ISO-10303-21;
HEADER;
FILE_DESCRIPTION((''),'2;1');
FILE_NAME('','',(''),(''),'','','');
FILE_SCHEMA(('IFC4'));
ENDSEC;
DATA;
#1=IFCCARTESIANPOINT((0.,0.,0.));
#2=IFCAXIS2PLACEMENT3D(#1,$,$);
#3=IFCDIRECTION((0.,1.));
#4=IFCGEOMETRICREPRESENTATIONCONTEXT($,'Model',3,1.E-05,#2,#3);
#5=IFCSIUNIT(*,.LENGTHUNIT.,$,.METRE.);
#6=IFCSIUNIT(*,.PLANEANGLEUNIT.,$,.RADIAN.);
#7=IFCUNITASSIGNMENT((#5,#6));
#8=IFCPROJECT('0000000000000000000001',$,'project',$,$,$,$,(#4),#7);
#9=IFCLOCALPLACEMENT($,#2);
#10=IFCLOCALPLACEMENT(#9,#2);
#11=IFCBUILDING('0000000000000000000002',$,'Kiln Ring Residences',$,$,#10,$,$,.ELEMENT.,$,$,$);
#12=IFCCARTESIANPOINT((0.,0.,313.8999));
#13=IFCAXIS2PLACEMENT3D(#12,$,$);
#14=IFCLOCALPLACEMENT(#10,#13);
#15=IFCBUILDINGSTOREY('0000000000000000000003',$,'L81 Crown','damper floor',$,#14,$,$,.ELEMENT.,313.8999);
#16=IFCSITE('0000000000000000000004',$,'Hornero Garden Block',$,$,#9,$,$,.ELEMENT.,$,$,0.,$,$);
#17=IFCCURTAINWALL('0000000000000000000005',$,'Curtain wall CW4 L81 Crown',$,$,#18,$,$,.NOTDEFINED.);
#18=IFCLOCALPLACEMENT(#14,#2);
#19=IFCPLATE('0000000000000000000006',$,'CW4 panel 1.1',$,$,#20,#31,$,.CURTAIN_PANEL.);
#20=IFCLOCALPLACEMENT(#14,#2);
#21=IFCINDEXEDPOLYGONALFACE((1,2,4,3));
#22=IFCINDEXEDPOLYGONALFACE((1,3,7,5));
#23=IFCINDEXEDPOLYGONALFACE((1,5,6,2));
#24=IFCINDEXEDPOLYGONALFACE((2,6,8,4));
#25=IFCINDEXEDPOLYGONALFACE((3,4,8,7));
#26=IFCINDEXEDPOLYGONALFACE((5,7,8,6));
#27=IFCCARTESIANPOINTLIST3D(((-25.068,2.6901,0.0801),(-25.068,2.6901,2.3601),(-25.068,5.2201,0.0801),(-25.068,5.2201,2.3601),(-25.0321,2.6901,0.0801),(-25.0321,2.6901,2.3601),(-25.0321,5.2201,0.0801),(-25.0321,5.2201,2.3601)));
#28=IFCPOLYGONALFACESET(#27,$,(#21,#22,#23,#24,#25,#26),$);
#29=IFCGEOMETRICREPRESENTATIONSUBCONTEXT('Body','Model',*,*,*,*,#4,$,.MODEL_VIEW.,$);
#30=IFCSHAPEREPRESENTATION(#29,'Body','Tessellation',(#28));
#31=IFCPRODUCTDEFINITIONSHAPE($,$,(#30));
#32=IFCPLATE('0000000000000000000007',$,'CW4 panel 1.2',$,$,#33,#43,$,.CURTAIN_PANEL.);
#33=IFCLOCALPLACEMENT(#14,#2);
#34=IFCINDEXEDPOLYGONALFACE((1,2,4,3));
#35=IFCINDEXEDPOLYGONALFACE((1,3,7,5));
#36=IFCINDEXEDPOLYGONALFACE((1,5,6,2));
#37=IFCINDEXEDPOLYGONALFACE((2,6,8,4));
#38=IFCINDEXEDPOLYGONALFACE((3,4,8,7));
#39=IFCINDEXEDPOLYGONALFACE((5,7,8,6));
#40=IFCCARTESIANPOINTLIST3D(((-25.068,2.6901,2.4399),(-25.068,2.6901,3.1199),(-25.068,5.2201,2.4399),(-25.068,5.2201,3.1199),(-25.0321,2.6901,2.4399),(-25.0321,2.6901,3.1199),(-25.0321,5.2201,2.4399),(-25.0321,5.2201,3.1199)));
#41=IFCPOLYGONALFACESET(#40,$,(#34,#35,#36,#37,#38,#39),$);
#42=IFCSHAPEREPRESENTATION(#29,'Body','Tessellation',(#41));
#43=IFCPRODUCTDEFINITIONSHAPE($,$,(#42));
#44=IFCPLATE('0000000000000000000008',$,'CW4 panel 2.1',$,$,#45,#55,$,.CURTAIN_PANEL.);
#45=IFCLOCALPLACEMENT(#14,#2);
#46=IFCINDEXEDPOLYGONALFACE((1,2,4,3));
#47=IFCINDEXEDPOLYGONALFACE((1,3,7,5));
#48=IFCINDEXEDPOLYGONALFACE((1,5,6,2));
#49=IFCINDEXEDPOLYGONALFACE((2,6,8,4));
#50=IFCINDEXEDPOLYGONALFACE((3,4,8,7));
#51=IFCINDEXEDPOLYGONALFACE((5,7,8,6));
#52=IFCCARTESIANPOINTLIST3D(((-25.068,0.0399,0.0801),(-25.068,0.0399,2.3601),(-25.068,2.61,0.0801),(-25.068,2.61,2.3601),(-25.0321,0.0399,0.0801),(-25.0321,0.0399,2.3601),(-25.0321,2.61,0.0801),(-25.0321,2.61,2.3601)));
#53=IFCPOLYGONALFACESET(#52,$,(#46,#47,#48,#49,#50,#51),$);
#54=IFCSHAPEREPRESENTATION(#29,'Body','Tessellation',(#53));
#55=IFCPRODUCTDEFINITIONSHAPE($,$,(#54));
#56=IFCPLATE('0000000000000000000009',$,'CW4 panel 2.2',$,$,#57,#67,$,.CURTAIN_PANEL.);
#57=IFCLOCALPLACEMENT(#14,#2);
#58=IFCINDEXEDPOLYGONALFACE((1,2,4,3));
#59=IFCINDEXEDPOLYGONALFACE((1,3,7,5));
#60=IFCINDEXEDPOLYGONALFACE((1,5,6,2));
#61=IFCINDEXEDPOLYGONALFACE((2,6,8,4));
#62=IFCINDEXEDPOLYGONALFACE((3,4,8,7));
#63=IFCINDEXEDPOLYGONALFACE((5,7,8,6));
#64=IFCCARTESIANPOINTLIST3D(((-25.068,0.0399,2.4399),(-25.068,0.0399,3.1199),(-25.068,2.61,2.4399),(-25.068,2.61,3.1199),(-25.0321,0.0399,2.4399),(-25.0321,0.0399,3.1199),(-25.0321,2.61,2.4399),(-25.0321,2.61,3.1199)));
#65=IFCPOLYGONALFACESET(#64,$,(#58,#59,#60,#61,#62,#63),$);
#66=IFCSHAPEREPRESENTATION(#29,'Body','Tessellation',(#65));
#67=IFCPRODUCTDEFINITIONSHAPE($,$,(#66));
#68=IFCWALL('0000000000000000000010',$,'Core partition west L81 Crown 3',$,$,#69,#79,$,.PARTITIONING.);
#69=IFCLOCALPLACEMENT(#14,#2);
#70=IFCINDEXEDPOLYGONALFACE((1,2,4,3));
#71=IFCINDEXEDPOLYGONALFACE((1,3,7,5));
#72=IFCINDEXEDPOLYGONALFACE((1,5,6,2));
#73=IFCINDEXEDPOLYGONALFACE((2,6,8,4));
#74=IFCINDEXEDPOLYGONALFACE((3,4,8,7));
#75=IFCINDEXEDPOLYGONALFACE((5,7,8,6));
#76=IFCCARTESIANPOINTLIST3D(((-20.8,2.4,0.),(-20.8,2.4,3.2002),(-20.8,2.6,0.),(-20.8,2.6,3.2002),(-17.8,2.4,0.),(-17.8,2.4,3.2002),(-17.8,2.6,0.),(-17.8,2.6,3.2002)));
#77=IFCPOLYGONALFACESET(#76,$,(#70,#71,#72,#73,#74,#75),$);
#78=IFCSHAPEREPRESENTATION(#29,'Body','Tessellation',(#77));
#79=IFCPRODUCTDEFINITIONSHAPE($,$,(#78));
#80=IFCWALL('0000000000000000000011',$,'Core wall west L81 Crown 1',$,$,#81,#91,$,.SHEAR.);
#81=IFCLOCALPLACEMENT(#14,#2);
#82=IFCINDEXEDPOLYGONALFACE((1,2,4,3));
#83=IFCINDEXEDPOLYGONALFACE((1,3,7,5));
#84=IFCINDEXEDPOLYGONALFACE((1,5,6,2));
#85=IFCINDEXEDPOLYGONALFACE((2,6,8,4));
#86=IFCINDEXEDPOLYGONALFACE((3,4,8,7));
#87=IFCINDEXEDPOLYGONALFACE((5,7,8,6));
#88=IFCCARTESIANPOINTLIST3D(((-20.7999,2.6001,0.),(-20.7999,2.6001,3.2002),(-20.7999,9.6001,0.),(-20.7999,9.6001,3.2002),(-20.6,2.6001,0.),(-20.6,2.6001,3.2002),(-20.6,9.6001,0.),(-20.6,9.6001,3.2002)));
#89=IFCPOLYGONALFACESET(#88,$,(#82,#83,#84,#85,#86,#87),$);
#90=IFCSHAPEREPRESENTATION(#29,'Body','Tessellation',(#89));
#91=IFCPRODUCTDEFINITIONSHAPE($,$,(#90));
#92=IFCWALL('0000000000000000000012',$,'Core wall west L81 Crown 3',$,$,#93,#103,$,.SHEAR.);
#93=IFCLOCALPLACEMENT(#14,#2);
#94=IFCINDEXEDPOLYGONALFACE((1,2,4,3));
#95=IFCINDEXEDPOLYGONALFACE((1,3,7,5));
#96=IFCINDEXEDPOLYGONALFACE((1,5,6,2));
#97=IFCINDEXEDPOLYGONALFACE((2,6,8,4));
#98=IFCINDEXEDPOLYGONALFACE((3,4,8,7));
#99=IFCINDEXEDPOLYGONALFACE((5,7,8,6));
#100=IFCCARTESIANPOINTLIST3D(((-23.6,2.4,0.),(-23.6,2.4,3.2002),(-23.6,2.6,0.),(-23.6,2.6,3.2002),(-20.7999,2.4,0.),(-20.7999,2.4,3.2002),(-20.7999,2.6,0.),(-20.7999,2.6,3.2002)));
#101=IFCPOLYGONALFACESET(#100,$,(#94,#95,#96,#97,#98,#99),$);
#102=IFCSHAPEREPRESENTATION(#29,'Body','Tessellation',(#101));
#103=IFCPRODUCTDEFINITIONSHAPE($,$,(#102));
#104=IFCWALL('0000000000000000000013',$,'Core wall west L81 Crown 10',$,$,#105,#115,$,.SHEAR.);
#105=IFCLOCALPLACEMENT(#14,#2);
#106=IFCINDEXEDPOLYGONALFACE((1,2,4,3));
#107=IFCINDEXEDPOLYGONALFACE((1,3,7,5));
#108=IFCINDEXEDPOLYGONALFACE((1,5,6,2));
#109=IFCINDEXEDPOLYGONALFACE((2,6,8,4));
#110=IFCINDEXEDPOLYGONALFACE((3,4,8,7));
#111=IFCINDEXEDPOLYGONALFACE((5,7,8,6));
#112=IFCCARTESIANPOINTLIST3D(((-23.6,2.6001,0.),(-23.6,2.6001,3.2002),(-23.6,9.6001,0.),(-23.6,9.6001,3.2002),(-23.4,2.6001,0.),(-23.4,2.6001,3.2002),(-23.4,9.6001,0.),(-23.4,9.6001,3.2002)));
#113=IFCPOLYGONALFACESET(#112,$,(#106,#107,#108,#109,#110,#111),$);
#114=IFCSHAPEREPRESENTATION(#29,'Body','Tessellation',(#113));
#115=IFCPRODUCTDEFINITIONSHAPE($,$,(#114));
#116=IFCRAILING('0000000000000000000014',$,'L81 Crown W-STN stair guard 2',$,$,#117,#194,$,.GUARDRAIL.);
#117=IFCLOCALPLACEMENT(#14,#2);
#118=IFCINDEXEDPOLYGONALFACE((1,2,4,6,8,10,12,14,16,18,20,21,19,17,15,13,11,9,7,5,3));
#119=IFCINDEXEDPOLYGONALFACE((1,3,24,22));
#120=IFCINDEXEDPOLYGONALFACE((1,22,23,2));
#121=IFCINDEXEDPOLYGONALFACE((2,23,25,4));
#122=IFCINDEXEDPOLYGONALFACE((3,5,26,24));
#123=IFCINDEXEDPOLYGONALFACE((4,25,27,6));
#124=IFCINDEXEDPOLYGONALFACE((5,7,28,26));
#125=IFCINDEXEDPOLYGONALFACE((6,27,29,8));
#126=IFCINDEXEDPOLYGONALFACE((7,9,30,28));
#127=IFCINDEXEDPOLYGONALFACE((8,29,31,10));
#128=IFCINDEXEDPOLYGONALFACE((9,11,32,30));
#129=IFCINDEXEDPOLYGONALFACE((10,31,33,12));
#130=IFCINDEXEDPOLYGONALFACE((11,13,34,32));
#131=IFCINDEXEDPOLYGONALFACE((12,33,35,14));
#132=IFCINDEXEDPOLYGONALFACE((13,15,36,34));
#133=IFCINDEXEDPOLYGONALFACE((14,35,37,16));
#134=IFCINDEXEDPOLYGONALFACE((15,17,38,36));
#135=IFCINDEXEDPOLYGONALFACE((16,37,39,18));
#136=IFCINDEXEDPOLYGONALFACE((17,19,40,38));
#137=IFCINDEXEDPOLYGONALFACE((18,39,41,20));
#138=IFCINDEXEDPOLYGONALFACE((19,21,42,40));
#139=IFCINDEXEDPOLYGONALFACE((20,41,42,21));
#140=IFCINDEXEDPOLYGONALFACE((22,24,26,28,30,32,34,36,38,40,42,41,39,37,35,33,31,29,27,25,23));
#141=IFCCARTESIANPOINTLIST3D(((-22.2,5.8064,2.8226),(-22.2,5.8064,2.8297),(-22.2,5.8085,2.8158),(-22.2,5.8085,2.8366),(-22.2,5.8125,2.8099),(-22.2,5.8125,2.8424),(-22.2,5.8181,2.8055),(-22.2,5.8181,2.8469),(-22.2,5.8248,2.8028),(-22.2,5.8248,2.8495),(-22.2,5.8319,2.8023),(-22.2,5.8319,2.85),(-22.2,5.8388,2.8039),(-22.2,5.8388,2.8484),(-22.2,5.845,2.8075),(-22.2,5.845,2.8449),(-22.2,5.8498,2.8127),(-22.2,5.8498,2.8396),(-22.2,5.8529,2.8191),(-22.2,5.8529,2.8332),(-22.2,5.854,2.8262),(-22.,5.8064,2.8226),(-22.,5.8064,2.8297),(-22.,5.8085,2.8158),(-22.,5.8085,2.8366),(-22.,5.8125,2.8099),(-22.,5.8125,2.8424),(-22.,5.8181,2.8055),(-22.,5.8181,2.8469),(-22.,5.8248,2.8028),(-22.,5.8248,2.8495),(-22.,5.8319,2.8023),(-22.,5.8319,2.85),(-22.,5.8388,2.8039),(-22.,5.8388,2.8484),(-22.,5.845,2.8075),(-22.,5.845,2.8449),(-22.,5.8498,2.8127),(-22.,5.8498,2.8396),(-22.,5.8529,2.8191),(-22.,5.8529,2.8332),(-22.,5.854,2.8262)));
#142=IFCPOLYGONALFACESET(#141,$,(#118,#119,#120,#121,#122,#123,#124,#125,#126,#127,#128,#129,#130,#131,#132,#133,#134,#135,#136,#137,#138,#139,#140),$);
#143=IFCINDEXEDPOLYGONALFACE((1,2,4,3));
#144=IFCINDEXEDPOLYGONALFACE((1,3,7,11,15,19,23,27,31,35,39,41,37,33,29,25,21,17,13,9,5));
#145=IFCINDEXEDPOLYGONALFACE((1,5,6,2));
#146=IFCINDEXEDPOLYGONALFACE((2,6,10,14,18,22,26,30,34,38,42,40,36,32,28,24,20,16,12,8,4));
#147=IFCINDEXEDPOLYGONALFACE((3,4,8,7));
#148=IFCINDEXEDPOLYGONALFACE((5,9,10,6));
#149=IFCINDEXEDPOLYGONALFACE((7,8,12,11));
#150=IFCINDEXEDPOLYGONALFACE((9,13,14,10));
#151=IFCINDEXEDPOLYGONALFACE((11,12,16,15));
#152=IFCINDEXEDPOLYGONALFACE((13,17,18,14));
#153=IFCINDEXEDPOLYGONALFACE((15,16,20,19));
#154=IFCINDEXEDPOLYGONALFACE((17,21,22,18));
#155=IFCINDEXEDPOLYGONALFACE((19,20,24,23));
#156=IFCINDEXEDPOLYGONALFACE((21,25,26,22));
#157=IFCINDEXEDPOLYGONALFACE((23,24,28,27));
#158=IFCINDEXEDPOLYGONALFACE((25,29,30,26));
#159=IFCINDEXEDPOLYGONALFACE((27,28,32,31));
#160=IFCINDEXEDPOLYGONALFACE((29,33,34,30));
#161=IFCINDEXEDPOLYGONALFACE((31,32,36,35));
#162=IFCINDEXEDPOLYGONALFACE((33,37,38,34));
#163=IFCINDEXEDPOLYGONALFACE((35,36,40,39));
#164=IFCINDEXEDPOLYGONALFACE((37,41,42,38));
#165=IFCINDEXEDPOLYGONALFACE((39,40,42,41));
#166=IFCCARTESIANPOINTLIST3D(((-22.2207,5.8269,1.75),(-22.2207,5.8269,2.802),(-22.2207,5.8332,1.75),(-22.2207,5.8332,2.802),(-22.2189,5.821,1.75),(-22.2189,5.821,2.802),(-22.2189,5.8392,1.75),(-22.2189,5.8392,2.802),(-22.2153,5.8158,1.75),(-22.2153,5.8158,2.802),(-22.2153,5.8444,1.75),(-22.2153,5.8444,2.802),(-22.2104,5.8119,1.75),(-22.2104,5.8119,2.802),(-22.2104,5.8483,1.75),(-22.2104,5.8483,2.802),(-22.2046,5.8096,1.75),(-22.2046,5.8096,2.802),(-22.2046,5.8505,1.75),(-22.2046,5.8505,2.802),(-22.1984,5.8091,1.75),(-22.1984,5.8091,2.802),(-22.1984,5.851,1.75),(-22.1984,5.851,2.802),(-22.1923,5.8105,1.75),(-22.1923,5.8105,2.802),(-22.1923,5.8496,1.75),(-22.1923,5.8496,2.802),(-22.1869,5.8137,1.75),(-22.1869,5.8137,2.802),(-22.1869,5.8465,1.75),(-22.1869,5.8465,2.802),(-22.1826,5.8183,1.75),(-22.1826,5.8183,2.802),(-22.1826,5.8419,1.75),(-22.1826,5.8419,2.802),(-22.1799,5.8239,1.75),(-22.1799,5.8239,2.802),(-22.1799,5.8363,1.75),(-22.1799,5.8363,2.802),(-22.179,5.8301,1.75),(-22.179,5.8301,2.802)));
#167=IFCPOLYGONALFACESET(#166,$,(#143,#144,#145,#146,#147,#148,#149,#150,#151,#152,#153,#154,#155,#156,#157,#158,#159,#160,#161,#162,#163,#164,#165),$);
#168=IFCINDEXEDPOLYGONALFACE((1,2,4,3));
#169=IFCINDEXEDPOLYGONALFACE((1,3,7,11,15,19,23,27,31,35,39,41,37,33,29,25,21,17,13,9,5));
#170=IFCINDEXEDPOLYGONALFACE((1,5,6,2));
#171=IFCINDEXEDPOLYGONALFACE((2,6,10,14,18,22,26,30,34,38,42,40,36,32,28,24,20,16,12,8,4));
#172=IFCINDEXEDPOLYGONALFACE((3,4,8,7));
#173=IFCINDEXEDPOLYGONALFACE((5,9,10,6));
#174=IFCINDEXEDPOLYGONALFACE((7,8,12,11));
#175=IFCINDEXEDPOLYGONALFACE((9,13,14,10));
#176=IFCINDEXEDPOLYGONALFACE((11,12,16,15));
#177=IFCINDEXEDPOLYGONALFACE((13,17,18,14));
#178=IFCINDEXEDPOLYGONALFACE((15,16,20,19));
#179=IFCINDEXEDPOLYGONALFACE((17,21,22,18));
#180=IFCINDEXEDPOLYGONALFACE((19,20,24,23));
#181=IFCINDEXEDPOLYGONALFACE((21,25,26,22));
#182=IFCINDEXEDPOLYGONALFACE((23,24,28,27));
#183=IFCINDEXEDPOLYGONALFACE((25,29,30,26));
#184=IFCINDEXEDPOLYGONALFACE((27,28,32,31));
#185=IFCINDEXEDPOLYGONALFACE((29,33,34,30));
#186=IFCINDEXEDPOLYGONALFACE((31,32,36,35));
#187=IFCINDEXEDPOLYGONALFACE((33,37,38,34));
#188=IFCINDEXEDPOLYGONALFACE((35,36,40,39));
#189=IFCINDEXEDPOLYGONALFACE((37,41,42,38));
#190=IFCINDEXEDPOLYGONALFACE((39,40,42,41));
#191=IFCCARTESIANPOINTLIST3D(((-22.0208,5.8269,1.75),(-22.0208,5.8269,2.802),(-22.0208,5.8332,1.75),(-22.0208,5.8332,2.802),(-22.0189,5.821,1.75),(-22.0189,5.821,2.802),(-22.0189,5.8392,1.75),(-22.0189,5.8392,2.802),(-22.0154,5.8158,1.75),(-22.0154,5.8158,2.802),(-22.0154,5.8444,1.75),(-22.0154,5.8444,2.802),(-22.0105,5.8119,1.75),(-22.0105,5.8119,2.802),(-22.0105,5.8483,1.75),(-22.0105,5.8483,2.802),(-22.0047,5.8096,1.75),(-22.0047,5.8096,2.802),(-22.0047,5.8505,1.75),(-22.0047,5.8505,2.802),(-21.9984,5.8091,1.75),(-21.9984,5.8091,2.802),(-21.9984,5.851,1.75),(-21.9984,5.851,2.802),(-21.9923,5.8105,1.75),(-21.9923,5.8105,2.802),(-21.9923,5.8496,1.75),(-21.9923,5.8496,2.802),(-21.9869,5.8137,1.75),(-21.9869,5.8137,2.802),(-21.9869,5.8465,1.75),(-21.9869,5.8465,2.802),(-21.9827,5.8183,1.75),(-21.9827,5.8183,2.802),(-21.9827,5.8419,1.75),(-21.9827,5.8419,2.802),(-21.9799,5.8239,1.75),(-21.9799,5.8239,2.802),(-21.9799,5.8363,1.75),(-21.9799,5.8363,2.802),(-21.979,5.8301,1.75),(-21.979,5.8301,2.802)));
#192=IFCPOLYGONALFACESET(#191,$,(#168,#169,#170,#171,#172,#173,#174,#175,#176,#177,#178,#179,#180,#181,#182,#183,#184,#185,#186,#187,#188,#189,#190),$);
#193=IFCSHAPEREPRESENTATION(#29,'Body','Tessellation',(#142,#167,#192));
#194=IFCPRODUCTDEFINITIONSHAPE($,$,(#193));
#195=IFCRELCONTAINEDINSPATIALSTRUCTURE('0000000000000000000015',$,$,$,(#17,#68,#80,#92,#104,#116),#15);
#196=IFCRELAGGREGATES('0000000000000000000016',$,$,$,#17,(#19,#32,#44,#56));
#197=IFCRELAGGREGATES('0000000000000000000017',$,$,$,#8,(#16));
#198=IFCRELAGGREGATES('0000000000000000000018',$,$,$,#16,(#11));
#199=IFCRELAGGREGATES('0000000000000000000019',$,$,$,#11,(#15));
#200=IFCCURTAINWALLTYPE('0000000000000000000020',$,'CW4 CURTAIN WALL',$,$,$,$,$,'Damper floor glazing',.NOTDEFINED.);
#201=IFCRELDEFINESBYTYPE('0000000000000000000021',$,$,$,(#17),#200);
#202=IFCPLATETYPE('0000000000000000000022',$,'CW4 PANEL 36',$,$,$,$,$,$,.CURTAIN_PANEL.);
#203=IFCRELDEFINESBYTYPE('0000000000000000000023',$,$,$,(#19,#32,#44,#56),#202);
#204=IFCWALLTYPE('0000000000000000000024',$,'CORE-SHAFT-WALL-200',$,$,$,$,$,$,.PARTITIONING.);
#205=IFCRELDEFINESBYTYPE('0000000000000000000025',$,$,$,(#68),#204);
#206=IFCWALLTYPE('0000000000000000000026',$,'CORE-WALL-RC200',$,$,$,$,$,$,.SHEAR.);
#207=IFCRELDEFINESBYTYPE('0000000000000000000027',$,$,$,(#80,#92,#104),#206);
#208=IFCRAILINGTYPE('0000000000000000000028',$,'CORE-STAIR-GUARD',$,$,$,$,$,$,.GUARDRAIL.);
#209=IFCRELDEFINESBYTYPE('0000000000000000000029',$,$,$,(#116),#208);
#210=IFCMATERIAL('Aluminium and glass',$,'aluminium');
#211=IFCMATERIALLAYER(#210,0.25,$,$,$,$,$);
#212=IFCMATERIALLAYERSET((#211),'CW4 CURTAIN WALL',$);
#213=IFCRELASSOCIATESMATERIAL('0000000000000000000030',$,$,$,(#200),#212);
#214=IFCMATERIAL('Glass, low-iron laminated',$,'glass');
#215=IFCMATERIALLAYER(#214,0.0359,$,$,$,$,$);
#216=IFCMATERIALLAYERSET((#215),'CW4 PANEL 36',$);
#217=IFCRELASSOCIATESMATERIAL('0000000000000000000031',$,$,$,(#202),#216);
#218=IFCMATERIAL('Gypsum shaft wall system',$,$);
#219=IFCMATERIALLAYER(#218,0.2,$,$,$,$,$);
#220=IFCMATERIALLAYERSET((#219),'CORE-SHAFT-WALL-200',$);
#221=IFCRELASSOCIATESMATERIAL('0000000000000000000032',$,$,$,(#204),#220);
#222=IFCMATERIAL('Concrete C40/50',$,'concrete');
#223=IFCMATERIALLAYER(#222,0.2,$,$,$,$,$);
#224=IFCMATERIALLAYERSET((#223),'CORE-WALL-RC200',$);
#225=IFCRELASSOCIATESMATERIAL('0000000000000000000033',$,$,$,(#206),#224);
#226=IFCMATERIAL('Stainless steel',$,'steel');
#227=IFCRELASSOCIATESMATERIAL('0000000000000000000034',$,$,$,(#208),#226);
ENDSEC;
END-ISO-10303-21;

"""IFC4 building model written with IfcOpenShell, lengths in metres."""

from ifc_helpers import new_model, si_unit, direction, frame, frame_2d, origin, origin_2d, place, context, subcontext, project, spatial, rectangle, circle, extrude, material, layer, layer_set, type_object, element, aggregate, save


model = new_model("IFC4")

# Units and contexts
model_context = context("Model", 3, precision=1e-05, world=origin(), true_north=direction((0.0, 1.0)))
body_context = subcontext(model_context, "Body", "Model", "MODEL_VIEW")
ifc_project = project(units=[si_unit("LENGTHUNIT", "METRE"), si_unit("PLANEANGLEUNIT", "RADIAN")], contexts=[model_context])

# Site, building, storey
site_placement = place(None, origin())
site = spatial("IfcSite", under=ifc_project, at=site_placement, Name="Hornero Garden Block", CompositionType="ELEMENT", RefElevation=0.0)
building_placement = place(site_placement, origin())
building = spatial("IfcBuilding", under=site, at=building_placement, Name="Kiln Ring Residences", CompositionType="ELEMENT")
storey_placement = place(building_placement, frame((0.0, 0.0, 313.8999)))
storey = spatial("IfcBuildingStorey", under=building, at=storey_placement, Name="L81 Crown", Description="damper floor", CompositionType="ELEMENT", Elevation=313.8999)

# Curtain wall
ifc_material_1 = material(Name="Aluminium and glass", Category="aluminium")
ifc_layer_1 = layer(ifc_material_1, 0.25)
ifc_layer_set_1 = layer_set([ifc_layer_1], Name="CW4 CURTAIN WALL")
curtain_wall_type = type_object("IfcCurtainWallType", Name="CW4 CURTAIN WALL", ElementType="Damper floor glazing", PredefinedType="NOTDEFINED", material=ifc_layer_set_1)
curtain_wall_placement = place(storey_placement, origin())
curtain_wall = element("IfcCurtainWall", 1, at=curtain_wall_placement, inside=storey, type_object=curtain_wall_type, Name="Curtain wall CW4 L81 Crown", PredefinedType="NOTDEFINED")

# Plates
ifc_material_2 = material(Name="Glass, low-iron laminated", Category="glass")
ifc_layer_2 = layer(ifc_material_2, 0.0359)
ifc_layer_set_2 = layer_set([ifc_layer_2], Name="CW4 PANEL 36")
plate_type_1 = type_object("IfcPlateType", Name="CW4 PANEL 36", PredefinedType="CURTAIN_PANEL", material=ifc_layer_set_2)
plate_1_placement = place(storey_placement, frame((-25.05, 3.9551, 0.0801), z_axis=(0.0, 0.0, 1.0), x_axis=(0.0, -1.0, 0.0)))
plate_1 = element("IfcPlate", 2, at=plate_1_placement, type_object=plate_type_1, Name="CW4 panel 1.1", PredefinedType="CURTAIN_PANEL", context=body_context, shape_type="SweptSolid", body=[
    extrude(rectangle(XDim=2.53, YDim=0.0359, at=origin_2d()), origin(), (0.0, 0.0, 1.0), 2.28),
])
plate_2_placement = place(storey_placement, frame((-25.05, 3.9551, 2.4399), z_axis=(0.0, 0.0, 1.0), x_axis=(0.0, -1.0, 0.0)))
plate_2 = element("IfcPlate", 3, at=plate_2_placement, type_object=plate_type_1, Name="CW4 panel 1.2", PredefinedType="CURTAIN_PANEL", context=body_context, shape_type="SweptSolid", body=[
    extrude(rectangle(XDim=2.53, YDim=0.0359, at=origin_2d()), origin(), (0.0, 0.0, 1.0), 0.6799),
])
plate_3_placement = place(storey_placement, frame((-25.05, 1.325, 0.0801), z_axis=(0.0, 0.0, 1.0), x_axis=(0.0, -1.0, 0.0)))
plate_3 = element("IfcPlate", 4, at=plate_3_placement, type_object=plate_type_1, Name="CW4 panel 2.1", PredefinedType="CURTAIN_PANEL", context=body_context, shape_type="SweptSolid", body=[
    extrude(rectangle(XDim=2.5701, YDim=0.0359, at=origin_2d()), origin(), (0.0, 0.0, 1.0), 2.28),
])
plate_4_placement = place(storey_placement, frame((-25.05, 1.325, 2.4399), z_axis=(0.0, 0.0, 1.0), x_axis=(0.0, -1.0, 0.0)))
plate_4 = element("IfcPlate", 5, at=plate_4_placement, type_object=plate_type_1, Name="CW4 panel 2.2", PredefinedType="CURTAIN_PANEL", context=body_context, shape_type="SweptSolid", body=[
    extrude(rectangle(XDim=2.5701, YDim=0.0359, at=origin_2d()), origin(), (0.0, 0.0, 1.0), 0.6799),
])
aggregate(curtain_wall, [plate_1, plate_2, plate_3, plate_4])

# Walls
ifc_material_3 = material(Name="Gypsum shaft wall system")
ifc_layer_3 = layer(ifc_material_3, 0.2)
ifc_layer_set_3 = layer_set([ifc_layer_3], Name="CORE-SHAFT-WALL-200")
wall_type_1 = type_object("IfcWallType", Name="CORE-SHAFT-WALL-200", PredefinedType="PARTITIONING", material=ifc_layer_set_3)
wall_1_placement = place(storey_placement, frame((-17.8, 2.5, 0.0), z_axis=(0.0, 0.0, 1.0), x_axis=(-1.0, 0.0, 0.0)))
element("IfcWall", 6, at=wall_1_placement, inside=storey, type_object=wall_type_1, Name="Core partition west L81 Crown 3", PredefinedType="PARTITIONING", context=body_context, shape_type="SweptSolid", body=[
    extrude(rectangle(XDim=3.0, YDim=0.2, at=frame_2d((1.5, 0.0))), origin(), (0.0, 0.0, 1.0), 3.2002),
])
ifc_material_4 = material(Name="Concrete C40/50", Category="concrete")
ifc_layer_4 = layer(ifc_material_4, 0.2)
ifc_layer_set_4 = layer_set([ifc_layer_4], Name="CORE-WALL-RC200")
wall_type_2 = type_object("IfcWallType", Name="CORE-WALL-RC200", PredefinedType="SHEAR", material=ifc_layer_set_4)
wall_2_placement = place(storey_placement, frame((-20.7, 2.6001, 0.0), z_axis=(0.0, 0.0, 1.0), x_axis=(0.0, 1.0, 0.0)))
element("IfcWall", 7, at=wall_2_placement, inside=storey, type_object=wall_type_2, Name="Core wall west L81 Crown 1", PredefinedType="SHEAR", context=body_context, shape_type="SweptSolid", body=[
    extrude(rectangle(XDim=7.0, YDim=0.2, at=frame_2d((3.5, 0.0))), origin(), (0.0, 0.0, 1.0), 3.2002),
])
wall_3_placement = place(storey_placement, frame((-20.8, 2.5, 0.0), z_axis=(0.0, 0.0, 1.0), x_axis=(-1.0, 0.0, 0.0)))
element("IfcWall", 8, at=wall_3_placement, inside=storey, type_object=wall_type_2, Name="Core wall west L81 Crown 3", PredefinedType="SHEAR", context=body_context, shape_type="SweptSolid", body=[
    extrude(rectangle(XDim=2.8, YDim=0.2, at=frame_2d((1.3999, 0.0))), origin(), (0.0, 0.0, 1.0), 3.2002),
])
wall_4_placement = place(storey_placement, frame((-23.5, 2.6001, 0.0), z_axis=(0.0, 0.0, 1.0), x_axis=(0.0, 1.0, 0.0)))
element("IfcWall", 9, at=wall_4_placement, inside=storey, type_object=wall_type_2, Name="Core wall west L81 Crown 10", PredefinedType="SHEAR", context=body_context, shape_type="SweptSolid", body=[
    extrude(rectangle(XDim=7.0, YDim=0.2, at=frame_2d((3.5, 0.0))), origin(), (0.0, 0.0, 1.0), 3.2002),
])

# Railing
ifc_material_5 = material(Name="Stainless steel", Category="steel")
railing_type = type_object("IfcRailingType", Name="CORE-STAIR-GUARD", PredefinedType="GUARDRAIL", material=ifc_material_5)
railing_placement = place(storey_placement, frame((-22.2, 5.8301, 1.75)))
element("IfcRailing", 10, at=railing_placement, inside=storey, type_object=railing_type, Name="L81 Crown W-STN stair guard 2", PredefinedType="GUARDRAIL", context=body_context, shape_type="SweptSolid", body=[
    extrude(circle(Radius=0.0239, at=origin_2d()), frame((0.0, 0.0, 1.0762), z_axis=(1.0, 0.0, 0.0), x_axis=(0.0, 1.0, 0.0)), (0.0, 0.0, 1.0), 0.2),
    extrude(circle(Radius=0.021, at=origin_2d()), origin(), (0.0, 0.0, 1.0), 1.052),
    extrude(circle(Radius=0.021, at=origin_2d()), frame((0.2, 0.0, 0.0)), (0.0, 0.0, 1.0), 1.052),
])

save(model, "model.ifc")
